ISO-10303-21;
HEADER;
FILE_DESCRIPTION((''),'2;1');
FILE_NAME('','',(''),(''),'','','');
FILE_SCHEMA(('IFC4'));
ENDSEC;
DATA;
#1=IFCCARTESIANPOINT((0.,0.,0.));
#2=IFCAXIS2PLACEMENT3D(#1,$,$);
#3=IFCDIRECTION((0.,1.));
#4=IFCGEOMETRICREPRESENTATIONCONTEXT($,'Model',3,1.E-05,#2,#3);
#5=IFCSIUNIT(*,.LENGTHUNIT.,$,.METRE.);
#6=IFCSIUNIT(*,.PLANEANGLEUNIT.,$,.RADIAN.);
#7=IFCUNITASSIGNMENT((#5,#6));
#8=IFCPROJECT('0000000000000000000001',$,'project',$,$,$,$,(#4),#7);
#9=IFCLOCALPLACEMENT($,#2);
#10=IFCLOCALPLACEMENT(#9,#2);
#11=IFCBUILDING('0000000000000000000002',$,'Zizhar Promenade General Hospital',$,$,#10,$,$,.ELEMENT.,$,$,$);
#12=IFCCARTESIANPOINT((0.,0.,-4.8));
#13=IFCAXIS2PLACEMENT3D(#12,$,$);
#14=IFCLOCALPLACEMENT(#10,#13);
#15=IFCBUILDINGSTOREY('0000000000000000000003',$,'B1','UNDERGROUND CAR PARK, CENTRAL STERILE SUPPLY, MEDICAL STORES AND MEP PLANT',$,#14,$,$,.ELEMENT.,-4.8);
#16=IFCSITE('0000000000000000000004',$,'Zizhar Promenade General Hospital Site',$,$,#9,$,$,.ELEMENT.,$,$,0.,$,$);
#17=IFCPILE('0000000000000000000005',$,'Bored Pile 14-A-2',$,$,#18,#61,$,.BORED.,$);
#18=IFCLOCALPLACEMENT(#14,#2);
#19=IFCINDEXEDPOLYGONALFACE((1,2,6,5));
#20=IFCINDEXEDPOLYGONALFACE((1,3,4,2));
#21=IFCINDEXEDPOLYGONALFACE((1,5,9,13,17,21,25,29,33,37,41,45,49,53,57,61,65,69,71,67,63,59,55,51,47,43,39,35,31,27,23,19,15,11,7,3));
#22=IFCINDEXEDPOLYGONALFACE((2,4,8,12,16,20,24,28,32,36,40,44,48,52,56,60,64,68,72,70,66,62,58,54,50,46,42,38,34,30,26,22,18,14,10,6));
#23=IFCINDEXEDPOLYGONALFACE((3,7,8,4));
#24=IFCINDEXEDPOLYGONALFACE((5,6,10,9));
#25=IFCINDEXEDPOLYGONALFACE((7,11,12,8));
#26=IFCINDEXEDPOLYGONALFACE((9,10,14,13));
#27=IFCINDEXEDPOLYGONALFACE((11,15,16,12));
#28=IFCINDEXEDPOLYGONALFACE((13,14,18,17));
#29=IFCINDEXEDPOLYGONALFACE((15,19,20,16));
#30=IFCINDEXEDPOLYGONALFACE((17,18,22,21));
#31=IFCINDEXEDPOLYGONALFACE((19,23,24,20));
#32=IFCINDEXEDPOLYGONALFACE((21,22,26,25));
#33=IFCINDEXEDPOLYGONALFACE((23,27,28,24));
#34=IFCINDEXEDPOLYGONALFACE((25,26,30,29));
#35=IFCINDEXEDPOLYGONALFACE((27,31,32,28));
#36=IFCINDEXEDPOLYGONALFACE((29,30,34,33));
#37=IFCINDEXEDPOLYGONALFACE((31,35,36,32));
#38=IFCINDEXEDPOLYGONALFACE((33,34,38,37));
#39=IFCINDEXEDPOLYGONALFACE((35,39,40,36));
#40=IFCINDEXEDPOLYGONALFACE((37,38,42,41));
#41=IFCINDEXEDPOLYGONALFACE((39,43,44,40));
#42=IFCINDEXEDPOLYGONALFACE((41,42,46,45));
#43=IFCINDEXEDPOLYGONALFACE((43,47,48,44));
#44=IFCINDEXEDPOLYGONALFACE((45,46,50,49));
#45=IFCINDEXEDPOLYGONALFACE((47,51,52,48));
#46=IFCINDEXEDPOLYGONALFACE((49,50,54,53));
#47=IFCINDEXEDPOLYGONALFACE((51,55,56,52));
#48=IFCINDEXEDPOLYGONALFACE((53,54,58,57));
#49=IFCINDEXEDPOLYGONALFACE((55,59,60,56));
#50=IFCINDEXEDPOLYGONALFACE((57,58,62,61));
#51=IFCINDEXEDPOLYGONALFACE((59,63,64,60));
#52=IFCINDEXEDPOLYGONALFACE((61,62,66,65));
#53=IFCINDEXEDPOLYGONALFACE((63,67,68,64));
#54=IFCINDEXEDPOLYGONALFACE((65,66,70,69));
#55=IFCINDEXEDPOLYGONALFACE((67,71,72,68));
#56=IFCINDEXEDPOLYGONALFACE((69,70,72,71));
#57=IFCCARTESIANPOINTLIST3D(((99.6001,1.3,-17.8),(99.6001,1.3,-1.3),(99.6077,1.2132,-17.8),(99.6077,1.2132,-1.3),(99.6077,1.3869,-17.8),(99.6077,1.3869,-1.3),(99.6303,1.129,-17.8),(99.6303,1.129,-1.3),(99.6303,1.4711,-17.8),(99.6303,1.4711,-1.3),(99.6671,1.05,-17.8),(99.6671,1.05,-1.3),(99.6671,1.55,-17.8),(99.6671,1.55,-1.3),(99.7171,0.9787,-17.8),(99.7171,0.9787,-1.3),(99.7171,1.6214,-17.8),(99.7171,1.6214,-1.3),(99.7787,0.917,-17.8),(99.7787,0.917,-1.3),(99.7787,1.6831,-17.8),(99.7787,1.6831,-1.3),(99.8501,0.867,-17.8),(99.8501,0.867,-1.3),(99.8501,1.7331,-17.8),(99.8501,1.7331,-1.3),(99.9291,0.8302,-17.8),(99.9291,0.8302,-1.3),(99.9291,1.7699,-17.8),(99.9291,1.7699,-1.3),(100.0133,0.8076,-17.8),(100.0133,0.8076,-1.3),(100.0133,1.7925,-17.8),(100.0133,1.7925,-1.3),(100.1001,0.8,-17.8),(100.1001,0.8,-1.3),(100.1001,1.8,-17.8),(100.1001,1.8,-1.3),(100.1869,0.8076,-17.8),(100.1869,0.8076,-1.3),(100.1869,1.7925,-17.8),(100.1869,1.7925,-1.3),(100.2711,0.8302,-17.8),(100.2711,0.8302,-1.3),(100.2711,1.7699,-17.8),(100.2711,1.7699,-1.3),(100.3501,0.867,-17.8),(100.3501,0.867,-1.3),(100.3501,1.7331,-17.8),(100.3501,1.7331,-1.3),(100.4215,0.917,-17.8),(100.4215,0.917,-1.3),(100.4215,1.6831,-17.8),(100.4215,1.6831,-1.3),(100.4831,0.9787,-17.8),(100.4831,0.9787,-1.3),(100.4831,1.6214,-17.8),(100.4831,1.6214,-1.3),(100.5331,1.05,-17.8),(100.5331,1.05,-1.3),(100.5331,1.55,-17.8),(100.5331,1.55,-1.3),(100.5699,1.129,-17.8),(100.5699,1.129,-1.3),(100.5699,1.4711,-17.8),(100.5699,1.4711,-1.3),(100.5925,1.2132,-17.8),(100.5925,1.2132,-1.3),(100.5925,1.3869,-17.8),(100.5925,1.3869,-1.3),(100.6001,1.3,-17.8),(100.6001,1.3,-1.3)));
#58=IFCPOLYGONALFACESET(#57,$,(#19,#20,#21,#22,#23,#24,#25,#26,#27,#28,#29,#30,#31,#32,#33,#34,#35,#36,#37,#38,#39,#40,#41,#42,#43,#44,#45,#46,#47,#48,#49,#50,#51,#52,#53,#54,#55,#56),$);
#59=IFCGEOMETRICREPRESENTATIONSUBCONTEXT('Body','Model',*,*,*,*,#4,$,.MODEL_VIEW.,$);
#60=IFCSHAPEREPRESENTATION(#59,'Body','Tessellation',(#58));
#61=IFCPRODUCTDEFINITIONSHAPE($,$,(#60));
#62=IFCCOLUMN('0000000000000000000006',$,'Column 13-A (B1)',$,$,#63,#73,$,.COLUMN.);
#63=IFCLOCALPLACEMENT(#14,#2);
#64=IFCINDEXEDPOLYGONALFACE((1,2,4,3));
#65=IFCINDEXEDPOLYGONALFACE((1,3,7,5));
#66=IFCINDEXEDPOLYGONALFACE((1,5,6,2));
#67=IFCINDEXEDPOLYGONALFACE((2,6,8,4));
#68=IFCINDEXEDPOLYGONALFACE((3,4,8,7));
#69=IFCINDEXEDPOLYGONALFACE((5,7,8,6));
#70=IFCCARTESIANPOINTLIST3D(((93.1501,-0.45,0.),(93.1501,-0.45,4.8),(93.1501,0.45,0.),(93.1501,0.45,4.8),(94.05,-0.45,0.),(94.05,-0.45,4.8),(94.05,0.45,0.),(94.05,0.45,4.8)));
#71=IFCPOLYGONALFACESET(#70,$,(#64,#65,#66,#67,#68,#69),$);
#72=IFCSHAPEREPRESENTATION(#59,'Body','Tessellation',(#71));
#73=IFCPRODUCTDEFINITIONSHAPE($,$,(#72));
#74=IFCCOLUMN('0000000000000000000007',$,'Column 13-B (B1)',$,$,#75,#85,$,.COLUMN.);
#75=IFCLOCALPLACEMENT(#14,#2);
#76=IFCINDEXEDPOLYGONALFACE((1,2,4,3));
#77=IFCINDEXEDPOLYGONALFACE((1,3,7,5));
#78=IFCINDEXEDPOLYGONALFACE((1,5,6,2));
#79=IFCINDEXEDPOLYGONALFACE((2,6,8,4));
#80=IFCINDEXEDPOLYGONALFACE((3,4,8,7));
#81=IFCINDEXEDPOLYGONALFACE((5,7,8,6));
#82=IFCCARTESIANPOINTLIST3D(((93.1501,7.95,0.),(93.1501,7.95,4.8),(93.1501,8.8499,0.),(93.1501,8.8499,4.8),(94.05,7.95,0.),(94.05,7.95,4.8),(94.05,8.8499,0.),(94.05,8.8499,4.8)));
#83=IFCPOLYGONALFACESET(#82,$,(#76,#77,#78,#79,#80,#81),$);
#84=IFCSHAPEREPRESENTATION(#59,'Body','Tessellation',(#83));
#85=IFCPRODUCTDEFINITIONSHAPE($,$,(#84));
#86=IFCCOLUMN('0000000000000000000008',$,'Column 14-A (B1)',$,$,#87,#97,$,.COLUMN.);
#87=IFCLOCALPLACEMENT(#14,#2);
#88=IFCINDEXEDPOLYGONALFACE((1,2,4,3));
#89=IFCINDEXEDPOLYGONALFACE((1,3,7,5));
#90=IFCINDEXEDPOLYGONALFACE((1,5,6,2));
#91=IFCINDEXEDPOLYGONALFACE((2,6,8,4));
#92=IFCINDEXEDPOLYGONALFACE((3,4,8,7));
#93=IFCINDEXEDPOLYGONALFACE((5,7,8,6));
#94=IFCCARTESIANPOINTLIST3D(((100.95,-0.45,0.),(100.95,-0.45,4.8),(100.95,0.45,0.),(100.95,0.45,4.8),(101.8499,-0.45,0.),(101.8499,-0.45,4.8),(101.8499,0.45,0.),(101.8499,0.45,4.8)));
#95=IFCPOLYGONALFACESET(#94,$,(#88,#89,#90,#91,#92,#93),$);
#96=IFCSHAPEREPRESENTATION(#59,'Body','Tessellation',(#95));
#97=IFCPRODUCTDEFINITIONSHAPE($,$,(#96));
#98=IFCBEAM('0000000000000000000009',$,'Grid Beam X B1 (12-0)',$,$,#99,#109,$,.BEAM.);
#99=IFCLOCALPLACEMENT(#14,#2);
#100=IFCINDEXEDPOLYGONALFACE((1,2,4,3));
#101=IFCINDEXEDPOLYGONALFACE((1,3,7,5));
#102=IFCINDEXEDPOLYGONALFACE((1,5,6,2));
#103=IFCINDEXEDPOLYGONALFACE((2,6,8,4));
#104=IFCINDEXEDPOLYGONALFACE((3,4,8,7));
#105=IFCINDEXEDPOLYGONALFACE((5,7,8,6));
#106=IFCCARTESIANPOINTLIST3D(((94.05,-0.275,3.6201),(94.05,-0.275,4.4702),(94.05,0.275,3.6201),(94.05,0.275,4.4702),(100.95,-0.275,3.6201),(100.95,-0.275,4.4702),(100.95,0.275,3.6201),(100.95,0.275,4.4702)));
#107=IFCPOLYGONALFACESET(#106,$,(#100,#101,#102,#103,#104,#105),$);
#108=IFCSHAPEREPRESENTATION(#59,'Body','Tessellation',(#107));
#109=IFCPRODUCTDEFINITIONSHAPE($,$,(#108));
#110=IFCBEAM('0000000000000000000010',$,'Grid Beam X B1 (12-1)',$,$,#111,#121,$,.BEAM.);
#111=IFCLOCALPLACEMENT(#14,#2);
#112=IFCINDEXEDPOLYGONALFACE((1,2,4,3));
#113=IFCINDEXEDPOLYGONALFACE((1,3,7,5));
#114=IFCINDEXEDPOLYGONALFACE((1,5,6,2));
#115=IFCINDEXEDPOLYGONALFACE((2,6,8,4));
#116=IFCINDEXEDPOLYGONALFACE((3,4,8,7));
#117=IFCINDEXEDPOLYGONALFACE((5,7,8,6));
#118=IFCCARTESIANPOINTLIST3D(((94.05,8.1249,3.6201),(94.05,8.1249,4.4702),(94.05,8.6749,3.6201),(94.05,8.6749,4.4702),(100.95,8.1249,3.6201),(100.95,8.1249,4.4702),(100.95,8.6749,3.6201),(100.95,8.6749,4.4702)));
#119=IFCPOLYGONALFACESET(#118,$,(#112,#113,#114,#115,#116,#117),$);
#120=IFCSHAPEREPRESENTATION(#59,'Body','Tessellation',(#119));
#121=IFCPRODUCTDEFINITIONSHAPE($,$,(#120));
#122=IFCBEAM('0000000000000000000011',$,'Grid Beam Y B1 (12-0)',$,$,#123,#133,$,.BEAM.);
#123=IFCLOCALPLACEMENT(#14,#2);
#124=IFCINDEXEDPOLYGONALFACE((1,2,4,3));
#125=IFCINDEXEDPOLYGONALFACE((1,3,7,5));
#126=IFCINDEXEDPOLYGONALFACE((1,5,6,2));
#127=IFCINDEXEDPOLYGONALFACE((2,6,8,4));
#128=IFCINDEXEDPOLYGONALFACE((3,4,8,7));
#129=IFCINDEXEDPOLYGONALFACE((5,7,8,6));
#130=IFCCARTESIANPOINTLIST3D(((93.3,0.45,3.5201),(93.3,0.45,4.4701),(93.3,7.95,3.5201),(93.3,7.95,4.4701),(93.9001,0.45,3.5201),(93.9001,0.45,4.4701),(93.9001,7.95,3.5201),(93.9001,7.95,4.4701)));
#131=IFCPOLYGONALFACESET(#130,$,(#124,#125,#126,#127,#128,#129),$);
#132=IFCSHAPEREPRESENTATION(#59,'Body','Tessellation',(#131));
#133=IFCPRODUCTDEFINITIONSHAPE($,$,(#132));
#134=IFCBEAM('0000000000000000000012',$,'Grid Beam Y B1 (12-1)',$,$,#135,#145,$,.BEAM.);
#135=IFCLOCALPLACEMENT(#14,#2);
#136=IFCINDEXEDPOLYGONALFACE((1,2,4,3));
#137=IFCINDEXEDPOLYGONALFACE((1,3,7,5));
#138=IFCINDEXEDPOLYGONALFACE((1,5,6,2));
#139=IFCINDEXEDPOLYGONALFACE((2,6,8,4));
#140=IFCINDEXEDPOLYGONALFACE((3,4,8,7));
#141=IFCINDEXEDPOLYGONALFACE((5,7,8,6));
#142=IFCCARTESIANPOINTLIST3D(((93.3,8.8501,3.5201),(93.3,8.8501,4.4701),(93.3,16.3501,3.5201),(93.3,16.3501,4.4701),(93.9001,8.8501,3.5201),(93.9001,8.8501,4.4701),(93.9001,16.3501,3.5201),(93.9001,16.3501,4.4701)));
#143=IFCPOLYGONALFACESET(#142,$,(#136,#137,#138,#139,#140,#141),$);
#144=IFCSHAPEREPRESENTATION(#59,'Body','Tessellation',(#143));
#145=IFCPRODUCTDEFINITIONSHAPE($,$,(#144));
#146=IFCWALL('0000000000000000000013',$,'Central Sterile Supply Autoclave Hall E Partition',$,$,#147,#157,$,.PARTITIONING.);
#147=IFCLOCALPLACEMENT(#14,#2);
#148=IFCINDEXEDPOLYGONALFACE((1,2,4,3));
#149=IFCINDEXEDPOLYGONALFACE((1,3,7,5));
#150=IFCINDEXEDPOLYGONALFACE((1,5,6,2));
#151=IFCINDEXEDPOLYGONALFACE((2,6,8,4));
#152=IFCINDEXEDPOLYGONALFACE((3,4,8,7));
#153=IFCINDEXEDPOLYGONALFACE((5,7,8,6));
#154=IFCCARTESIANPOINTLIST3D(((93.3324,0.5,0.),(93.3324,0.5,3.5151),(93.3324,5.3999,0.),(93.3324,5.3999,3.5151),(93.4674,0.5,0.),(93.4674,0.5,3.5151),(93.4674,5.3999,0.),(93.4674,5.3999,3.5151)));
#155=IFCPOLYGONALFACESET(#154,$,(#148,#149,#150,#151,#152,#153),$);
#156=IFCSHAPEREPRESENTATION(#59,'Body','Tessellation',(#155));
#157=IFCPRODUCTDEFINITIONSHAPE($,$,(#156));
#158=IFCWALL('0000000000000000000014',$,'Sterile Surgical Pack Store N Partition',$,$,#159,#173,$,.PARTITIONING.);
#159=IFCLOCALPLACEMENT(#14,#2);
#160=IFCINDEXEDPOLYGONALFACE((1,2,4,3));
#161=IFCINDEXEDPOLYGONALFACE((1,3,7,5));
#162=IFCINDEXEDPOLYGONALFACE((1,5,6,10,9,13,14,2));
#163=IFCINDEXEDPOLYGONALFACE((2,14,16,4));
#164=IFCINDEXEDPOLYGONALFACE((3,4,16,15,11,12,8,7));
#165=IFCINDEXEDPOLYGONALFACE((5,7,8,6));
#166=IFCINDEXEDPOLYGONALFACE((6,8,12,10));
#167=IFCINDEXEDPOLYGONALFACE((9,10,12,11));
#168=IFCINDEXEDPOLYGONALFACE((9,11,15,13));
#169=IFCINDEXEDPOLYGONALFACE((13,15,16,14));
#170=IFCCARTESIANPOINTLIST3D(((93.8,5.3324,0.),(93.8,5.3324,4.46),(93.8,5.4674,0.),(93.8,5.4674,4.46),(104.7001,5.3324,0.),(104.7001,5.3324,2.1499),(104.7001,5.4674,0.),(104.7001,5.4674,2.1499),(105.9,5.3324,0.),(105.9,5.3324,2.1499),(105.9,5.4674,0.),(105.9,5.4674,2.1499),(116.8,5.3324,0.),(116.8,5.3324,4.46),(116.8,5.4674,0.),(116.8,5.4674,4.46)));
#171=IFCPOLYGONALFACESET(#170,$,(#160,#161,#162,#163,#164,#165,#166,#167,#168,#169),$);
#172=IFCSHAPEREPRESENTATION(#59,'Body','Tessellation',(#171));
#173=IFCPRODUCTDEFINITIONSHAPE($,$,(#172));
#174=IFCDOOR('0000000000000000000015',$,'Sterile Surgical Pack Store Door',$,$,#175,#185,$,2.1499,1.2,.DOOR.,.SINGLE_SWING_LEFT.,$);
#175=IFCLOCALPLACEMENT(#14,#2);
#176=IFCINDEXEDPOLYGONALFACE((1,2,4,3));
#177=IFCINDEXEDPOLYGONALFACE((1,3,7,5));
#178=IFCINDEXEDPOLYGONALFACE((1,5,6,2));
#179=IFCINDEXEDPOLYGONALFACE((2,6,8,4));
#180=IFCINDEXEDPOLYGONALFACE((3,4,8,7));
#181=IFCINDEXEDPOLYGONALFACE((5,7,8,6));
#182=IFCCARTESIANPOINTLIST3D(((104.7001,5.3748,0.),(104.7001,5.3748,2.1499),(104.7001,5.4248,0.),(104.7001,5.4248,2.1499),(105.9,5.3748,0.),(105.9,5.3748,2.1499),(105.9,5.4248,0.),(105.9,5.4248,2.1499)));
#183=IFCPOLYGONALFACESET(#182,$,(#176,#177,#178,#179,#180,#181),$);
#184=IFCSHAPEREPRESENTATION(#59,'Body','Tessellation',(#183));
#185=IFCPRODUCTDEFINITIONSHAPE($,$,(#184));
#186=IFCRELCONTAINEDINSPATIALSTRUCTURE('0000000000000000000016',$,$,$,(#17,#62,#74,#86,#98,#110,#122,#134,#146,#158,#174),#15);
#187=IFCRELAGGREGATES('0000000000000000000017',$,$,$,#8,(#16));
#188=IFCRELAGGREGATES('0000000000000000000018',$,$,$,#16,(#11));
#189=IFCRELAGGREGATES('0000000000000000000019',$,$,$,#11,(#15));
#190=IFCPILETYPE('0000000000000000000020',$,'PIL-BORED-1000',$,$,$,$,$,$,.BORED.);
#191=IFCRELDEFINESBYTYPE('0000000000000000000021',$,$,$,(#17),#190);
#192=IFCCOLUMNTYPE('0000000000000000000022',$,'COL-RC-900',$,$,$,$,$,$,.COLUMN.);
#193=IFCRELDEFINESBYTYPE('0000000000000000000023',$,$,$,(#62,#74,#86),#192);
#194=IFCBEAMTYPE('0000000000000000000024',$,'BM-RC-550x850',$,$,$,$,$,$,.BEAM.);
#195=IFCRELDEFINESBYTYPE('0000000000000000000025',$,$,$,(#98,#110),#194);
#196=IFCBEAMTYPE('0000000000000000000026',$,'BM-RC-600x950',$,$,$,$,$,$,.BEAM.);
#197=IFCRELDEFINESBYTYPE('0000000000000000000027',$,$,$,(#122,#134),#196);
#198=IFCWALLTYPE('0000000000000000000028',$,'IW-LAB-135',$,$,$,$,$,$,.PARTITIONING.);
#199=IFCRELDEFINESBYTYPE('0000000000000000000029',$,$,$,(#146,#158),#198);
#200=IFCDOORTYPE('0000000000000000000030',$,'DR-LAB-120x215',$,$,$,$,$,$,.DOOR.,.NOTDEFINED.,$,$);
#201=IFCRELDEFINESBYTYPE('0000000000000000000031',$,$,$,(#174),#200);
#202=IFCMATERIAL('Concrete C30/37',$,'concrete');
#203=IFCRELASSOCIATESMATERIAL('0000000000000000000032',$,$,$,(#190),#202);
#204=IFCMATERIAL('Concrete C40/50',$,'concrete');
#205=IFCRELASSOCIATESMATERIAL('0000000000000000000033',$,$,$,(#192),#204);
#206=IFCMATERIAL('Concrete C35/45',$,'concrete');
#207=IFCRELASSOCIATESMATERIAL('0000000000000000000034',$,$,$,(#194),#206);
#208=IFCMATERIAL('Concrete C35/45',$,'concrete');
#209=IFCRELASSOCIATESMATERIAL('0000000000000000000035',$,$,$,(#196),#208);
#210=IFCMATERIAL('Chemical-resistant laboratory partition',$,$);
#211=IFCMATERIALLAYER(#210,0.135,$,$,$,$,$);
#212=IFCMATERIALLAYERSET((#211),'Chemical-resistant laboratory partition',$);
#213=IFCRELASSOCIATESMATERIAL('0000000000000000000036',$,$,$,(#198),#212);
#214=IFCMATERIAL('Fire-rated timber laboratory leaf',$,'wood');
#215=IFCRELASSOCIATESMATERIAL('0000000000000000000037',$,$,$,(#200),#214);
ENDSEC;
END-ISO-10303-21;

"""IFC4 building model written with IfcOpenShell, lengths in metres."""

from ifc_helpers import new_model, si_unit, direction, frame, frame_2d, origin, origin_2d, place, context, subcontext, project, spatial, rectangle, circle, extrude, material, layer, layer_set, material_profile, profile_set, type_object, element, fill, save


model = new_model("IFC4")

# Units and contexts
model_context = context("Model", 3, precision=1e-05, world=origin(), true_north=direction((0.0, 1.0)))
body_context = subcontext(model_context, "Body", "Model", "MODEL_VIEW")
ifc_project = project(units=[si_unit("LENGTHUNIT", "METRE"), si_unit("PLANEANGLEUNIT", "RADIAN")], contexts=[model_context])

# Site, building, storey
site_placement = place(None, origin())
site = spatial("IfcSite", under=ifc_project, at=site_placement, Name="Zizhar Promenade General Hospital Site", CompositionType="ELEMENT", RefElevation=0.0)
building_placement = place(site_placement, origin())
building = spatial("IfcBuilding", under=site, at=building_placement, Name="Zizhar Promenade General Hospital", CompositionType="ELEMENT")
storey_placement = place(building_placement, frame((0.0, 0.0, -4.8)))
storey = spatial("IfcBuildingStorey", under=building, at=storey_placement, Name="B1", Description="UNDERGROUND CAR PARK, CENTRAL STERILE SUPPLY, MEDICAL STORES AND MEP PLANT", CompositionType="ELEMENT", Elevation=-4.8)

# Pile
ifc_material_1 = material(Name="Concrete C30/37", Category="concrete")
ifc_material_profile_1 = material_profile(ifc_material_1, circle(Radius=0.5, at=origin_2d()))
ifc_profile_set_1 = profile_set([ifc_material_profile_1], Name="Concrete C30/37")
pile_type = type_object("IfcPileType", Name="PIL-BORED-1000", PredefinedType="BORED", material=ifc_profile_set_1)
for number, where, z_axis, x_axis, name in (
    (1, (100.1001, 1.3, -1.3), (0.0, 0.0, -1.0), (1.0, 0.0, 0.0), "Bored Pile 14-A-2"),
):
    element("IfcPile", number, at=place(storey_placement, frame(where, z_axis=z_axis, x_axis=x_axis)), inside=storey, type_object=pile_type, Name=name, PredefinedType="BORED", context=body_context, shape_type="SweptSolid", body=[
        extrude(circle(Radius=0.5, at=origin_2d()), origin(), (0.0, 0.0, 1.0), 16.5),
    ])

# Columns
ifc_material_2 = material(Name="Concrete C40/50", Category="concrete")
ifc_material_profile_2 = material_profile(ifc_material_2, rectangle(XDim=0.8999, YDim=0.8999, at=origin_2d()))
ifc_profile_set_2 = profile_set([ifc_material_profile_2], Name="Concrete C40/50")
column_type = type_object("IfcColumnType", Name="COL-RC-900", PredefinedType="COLUMN", material=ifc_profile_set_2)
for number, where, z_axis, x_axis, name in (
    (2, (93.6001, 0.0, 0.0), (0.0, 0.0, 1.0), (1.0, 0.0, 0.0), "Column 13-A (B1)"),
    (3, (93.6001, 8.3999, 0.0), (0.0, 0.0, 1.0), (1.0, 0.0, 0.0), "Column 13-B (B1)"),
    (4, (101.3999, 0.0, 0.0), (0.0, 0.0, 1.0), (1.0, 0.0, 0.0), "Column 14-A (B1)"),
):
    element("IfcColumn", number, at=place(storey_placement, frame(where, z_axis=z_axis, x_axis=x_axis)), inside=storey, type_object=column_type, Name=name, PredefinedType="COLUMN", context=body_context, shape_type="SweptSolid", body=[
        extrude(rectangle(XDim=0.8999, YDim=0.8999, at=origin_2d()), origin(), (0.0, 0.0, 1.0), 4.8),
    ])

# Beams
ifc_material_3 = material(Name="Concrete C35/45", Category="concrete")
ifc_material_profile_3 = material_profile(ifc_material_3, rectangle(XDim=0.55, YDim=0.8501, at=origin_2d()))
ifc_profile_set_3 = profile_set([ifc_material_profile_3], Name="Concrete C35/45")
beam_type_1 = type_object("IfcBeamType", Name="BM-RC-550x850", PredefinedType="BEAM", material=ifc_profile_set_3)
for number, where, z_axis, x_axis, name in (
    (5, (94.05, 0.0, 4.0452), (1.0, 0.0, 0.0), (0.0, 1.0, 0.0), "Grid Beam X B1 (12-0)"),
    (6, (94.05, 8.3999, 4.0452), (1.0, 0.0, 0.0), (0.0, 1.0, 0.0), "Grid Beam X B1 (12-1)"),
):
    element("IfcBeam", number, at=place(storey_placement, frame(where, z_axis=z_axis, x_axis=x_axis)), inside=storey, type_object=beam_type_1, Name=name, PredefinedType="BEAM", context=body_context, shape_type="SweptSolid", body=[
        extrude(rectangle(XDim=0.55, YDim=0.8501, at=origin_2d()), origin(), (0.0, 0.0, 1.0), 6.8999),
    ])
ifc_material_4 = material(Name="Concrete C35/45", Category="concrete")
ifc_material_profile_4 = material_profile(ifc_material_4, rectangle(XDim=0.6001, YDim=0.95, at=origin_2d()))
ifc_profile_set_4 = profile_set([ifc_material_profile_4], Name="Concrete C35/45")
beam_type_2 = type_object("IfcBeamType", Name="BM-RC-600x950", PredefinedType="BEAM", material=ifc_profile_set_4)
for number, where, z_axis, x_axis, name in (
    (7, (93.6001, 0.45, 3.9951), (0.0, 1.0, 0.0), (-1.0, 0.0, 0.0), "Grid Beam Y B1 (12-0)"),
    (8, (93.6001, 8.8501, 3.9951), (0.0, 1.0, 0.0), (-1.0, 0.0, 0.0), "Grid Beam Y B1 (12-1)"),
):
    element("IfcBeam", number, at=place(storey_placement, frame(where, z_axis=z_axis, x_axis=x_axis)), inside=storey, type_object=beam_type_2, Name=name, PredefinedType="BEAM", context=body_context, shape_type="SweptSolid", body=[
        extrude(rectangle(XDim=0.6001, YDim=0.95, at=origin_2d()), origin(), (0.0, 0.0, 1.0), 7.5),
    ])

# Wall
ifc_material_5 = material(Name="Chemical-resistant laboratory partition")
ifc_layer_1 = layer(ifc_material_5, 0.135)
ifc_layer_set_1 = layer_set([ifc_layer_1], Name="Chemical-resistant laboratory partition")
wall_type_1 = type_object("IfcWallType", Name="IW-LAB-135", PredefinedType="PARTITIONING", material=ifc_layer_set_1)
wall_1_placement = place(storey_placement, frame((93.3999, 0.5, 0.0), z_axis=(0.0, 0.0, 1.0), x_axis=(0.0, 1.0, 0.0)))
element("IfcWall", 9, at=wall_1_placement, inside=storey, type_object=wall_type_1, Name="Central Sterile Supply Autoclave Hall E Partition", PredefinedType="PARTITIONING", context=body_context, shape_type="SweptSolid", body=[
    extrude(rectangle(XDim=4.8999, YDim=0.135, at=frame_2d((2.45, 0.0))), origin(), (0.0, 0.0, 1.0), 3.5151),
])

# Wall, opening, door
wall_2_placement = place(storey_placement, frame((93.8, 5.3999, 0.0), z_axis=(0.0, 0.0, 1.0), x_axis=(1.0, 0.0, 0.0)))
wall_2 = element("IfcWall", 10, at=wall_2_placement, inside=storey, type_object=wall_type_1, Name="Sterile Surgical Pack Store N Partition", PredefinedType="PARTITIONING", context=body_context, shape_type="SweptSolid", body=[
    extrude(rectangle(XDim=23.0, YDim=0.135, at=frame_2d((11.5, 0.0))), origin(), (0.0, 0.0, 1.0), 4.46),
])
opening_1_placement = place(wall_2_placement, frame((10.8999, 0.0, 0.0)))
opening_1 = element("IfcOpeningElement", 11, at=opening_1_placement, cuts=wall_2, PredefinedType="OPENING", context=body_context, shape_type="SweptSolid", body=[
    extrude(rectangle(XDim=1.2, YDim=2.1499, at=frame_2d((0.6001, 1.075))), frame((0.0, 0.0776, 0.0), z_axis=(0.0, -1.0, 0.0), x_axis=(1.0, 0.0, 0.0)), (0.0, 0.0, 1.0), 0.155),
])
ifc_material_6 = material(Name="Fire-rated timber laboratory leaf", Category="wood")
door_type_1 = type_object("IfcDoorType", Name="DR-LAB-120x215", OperationType="NOTDEFINED", PredefinedType="DOOR", material=ifc_material_6)
door_1_placement = place(opening_1_placement, origin())
door_1 = element("IfcDoor", 12, at=door_1_placement, inside=storey, type_object=door_type_1, Name="Sterile Surgical Pack Store Door", OperationType="SINGLE_SWING_LEFT", OverallHeight=2.1499, OverallWidth=1.2, PredefinedType="DOOR", context=body_context, shape_type="SweptSolid", body=[
    extrude(rectangle(XDim=1.2, YDim=2.1499, at=frame_2d((0.6001, 1.075))), frame((0.0, 0.0249, 0.0), z_axis=(0.0, -1.0, 0.0), x_axis=(1.0, 0.0, 0.0)), (0.0, 0.0, 1.0), 0.05),
])
fill(opening_1, door_1)

save(model, "model.ifc")
